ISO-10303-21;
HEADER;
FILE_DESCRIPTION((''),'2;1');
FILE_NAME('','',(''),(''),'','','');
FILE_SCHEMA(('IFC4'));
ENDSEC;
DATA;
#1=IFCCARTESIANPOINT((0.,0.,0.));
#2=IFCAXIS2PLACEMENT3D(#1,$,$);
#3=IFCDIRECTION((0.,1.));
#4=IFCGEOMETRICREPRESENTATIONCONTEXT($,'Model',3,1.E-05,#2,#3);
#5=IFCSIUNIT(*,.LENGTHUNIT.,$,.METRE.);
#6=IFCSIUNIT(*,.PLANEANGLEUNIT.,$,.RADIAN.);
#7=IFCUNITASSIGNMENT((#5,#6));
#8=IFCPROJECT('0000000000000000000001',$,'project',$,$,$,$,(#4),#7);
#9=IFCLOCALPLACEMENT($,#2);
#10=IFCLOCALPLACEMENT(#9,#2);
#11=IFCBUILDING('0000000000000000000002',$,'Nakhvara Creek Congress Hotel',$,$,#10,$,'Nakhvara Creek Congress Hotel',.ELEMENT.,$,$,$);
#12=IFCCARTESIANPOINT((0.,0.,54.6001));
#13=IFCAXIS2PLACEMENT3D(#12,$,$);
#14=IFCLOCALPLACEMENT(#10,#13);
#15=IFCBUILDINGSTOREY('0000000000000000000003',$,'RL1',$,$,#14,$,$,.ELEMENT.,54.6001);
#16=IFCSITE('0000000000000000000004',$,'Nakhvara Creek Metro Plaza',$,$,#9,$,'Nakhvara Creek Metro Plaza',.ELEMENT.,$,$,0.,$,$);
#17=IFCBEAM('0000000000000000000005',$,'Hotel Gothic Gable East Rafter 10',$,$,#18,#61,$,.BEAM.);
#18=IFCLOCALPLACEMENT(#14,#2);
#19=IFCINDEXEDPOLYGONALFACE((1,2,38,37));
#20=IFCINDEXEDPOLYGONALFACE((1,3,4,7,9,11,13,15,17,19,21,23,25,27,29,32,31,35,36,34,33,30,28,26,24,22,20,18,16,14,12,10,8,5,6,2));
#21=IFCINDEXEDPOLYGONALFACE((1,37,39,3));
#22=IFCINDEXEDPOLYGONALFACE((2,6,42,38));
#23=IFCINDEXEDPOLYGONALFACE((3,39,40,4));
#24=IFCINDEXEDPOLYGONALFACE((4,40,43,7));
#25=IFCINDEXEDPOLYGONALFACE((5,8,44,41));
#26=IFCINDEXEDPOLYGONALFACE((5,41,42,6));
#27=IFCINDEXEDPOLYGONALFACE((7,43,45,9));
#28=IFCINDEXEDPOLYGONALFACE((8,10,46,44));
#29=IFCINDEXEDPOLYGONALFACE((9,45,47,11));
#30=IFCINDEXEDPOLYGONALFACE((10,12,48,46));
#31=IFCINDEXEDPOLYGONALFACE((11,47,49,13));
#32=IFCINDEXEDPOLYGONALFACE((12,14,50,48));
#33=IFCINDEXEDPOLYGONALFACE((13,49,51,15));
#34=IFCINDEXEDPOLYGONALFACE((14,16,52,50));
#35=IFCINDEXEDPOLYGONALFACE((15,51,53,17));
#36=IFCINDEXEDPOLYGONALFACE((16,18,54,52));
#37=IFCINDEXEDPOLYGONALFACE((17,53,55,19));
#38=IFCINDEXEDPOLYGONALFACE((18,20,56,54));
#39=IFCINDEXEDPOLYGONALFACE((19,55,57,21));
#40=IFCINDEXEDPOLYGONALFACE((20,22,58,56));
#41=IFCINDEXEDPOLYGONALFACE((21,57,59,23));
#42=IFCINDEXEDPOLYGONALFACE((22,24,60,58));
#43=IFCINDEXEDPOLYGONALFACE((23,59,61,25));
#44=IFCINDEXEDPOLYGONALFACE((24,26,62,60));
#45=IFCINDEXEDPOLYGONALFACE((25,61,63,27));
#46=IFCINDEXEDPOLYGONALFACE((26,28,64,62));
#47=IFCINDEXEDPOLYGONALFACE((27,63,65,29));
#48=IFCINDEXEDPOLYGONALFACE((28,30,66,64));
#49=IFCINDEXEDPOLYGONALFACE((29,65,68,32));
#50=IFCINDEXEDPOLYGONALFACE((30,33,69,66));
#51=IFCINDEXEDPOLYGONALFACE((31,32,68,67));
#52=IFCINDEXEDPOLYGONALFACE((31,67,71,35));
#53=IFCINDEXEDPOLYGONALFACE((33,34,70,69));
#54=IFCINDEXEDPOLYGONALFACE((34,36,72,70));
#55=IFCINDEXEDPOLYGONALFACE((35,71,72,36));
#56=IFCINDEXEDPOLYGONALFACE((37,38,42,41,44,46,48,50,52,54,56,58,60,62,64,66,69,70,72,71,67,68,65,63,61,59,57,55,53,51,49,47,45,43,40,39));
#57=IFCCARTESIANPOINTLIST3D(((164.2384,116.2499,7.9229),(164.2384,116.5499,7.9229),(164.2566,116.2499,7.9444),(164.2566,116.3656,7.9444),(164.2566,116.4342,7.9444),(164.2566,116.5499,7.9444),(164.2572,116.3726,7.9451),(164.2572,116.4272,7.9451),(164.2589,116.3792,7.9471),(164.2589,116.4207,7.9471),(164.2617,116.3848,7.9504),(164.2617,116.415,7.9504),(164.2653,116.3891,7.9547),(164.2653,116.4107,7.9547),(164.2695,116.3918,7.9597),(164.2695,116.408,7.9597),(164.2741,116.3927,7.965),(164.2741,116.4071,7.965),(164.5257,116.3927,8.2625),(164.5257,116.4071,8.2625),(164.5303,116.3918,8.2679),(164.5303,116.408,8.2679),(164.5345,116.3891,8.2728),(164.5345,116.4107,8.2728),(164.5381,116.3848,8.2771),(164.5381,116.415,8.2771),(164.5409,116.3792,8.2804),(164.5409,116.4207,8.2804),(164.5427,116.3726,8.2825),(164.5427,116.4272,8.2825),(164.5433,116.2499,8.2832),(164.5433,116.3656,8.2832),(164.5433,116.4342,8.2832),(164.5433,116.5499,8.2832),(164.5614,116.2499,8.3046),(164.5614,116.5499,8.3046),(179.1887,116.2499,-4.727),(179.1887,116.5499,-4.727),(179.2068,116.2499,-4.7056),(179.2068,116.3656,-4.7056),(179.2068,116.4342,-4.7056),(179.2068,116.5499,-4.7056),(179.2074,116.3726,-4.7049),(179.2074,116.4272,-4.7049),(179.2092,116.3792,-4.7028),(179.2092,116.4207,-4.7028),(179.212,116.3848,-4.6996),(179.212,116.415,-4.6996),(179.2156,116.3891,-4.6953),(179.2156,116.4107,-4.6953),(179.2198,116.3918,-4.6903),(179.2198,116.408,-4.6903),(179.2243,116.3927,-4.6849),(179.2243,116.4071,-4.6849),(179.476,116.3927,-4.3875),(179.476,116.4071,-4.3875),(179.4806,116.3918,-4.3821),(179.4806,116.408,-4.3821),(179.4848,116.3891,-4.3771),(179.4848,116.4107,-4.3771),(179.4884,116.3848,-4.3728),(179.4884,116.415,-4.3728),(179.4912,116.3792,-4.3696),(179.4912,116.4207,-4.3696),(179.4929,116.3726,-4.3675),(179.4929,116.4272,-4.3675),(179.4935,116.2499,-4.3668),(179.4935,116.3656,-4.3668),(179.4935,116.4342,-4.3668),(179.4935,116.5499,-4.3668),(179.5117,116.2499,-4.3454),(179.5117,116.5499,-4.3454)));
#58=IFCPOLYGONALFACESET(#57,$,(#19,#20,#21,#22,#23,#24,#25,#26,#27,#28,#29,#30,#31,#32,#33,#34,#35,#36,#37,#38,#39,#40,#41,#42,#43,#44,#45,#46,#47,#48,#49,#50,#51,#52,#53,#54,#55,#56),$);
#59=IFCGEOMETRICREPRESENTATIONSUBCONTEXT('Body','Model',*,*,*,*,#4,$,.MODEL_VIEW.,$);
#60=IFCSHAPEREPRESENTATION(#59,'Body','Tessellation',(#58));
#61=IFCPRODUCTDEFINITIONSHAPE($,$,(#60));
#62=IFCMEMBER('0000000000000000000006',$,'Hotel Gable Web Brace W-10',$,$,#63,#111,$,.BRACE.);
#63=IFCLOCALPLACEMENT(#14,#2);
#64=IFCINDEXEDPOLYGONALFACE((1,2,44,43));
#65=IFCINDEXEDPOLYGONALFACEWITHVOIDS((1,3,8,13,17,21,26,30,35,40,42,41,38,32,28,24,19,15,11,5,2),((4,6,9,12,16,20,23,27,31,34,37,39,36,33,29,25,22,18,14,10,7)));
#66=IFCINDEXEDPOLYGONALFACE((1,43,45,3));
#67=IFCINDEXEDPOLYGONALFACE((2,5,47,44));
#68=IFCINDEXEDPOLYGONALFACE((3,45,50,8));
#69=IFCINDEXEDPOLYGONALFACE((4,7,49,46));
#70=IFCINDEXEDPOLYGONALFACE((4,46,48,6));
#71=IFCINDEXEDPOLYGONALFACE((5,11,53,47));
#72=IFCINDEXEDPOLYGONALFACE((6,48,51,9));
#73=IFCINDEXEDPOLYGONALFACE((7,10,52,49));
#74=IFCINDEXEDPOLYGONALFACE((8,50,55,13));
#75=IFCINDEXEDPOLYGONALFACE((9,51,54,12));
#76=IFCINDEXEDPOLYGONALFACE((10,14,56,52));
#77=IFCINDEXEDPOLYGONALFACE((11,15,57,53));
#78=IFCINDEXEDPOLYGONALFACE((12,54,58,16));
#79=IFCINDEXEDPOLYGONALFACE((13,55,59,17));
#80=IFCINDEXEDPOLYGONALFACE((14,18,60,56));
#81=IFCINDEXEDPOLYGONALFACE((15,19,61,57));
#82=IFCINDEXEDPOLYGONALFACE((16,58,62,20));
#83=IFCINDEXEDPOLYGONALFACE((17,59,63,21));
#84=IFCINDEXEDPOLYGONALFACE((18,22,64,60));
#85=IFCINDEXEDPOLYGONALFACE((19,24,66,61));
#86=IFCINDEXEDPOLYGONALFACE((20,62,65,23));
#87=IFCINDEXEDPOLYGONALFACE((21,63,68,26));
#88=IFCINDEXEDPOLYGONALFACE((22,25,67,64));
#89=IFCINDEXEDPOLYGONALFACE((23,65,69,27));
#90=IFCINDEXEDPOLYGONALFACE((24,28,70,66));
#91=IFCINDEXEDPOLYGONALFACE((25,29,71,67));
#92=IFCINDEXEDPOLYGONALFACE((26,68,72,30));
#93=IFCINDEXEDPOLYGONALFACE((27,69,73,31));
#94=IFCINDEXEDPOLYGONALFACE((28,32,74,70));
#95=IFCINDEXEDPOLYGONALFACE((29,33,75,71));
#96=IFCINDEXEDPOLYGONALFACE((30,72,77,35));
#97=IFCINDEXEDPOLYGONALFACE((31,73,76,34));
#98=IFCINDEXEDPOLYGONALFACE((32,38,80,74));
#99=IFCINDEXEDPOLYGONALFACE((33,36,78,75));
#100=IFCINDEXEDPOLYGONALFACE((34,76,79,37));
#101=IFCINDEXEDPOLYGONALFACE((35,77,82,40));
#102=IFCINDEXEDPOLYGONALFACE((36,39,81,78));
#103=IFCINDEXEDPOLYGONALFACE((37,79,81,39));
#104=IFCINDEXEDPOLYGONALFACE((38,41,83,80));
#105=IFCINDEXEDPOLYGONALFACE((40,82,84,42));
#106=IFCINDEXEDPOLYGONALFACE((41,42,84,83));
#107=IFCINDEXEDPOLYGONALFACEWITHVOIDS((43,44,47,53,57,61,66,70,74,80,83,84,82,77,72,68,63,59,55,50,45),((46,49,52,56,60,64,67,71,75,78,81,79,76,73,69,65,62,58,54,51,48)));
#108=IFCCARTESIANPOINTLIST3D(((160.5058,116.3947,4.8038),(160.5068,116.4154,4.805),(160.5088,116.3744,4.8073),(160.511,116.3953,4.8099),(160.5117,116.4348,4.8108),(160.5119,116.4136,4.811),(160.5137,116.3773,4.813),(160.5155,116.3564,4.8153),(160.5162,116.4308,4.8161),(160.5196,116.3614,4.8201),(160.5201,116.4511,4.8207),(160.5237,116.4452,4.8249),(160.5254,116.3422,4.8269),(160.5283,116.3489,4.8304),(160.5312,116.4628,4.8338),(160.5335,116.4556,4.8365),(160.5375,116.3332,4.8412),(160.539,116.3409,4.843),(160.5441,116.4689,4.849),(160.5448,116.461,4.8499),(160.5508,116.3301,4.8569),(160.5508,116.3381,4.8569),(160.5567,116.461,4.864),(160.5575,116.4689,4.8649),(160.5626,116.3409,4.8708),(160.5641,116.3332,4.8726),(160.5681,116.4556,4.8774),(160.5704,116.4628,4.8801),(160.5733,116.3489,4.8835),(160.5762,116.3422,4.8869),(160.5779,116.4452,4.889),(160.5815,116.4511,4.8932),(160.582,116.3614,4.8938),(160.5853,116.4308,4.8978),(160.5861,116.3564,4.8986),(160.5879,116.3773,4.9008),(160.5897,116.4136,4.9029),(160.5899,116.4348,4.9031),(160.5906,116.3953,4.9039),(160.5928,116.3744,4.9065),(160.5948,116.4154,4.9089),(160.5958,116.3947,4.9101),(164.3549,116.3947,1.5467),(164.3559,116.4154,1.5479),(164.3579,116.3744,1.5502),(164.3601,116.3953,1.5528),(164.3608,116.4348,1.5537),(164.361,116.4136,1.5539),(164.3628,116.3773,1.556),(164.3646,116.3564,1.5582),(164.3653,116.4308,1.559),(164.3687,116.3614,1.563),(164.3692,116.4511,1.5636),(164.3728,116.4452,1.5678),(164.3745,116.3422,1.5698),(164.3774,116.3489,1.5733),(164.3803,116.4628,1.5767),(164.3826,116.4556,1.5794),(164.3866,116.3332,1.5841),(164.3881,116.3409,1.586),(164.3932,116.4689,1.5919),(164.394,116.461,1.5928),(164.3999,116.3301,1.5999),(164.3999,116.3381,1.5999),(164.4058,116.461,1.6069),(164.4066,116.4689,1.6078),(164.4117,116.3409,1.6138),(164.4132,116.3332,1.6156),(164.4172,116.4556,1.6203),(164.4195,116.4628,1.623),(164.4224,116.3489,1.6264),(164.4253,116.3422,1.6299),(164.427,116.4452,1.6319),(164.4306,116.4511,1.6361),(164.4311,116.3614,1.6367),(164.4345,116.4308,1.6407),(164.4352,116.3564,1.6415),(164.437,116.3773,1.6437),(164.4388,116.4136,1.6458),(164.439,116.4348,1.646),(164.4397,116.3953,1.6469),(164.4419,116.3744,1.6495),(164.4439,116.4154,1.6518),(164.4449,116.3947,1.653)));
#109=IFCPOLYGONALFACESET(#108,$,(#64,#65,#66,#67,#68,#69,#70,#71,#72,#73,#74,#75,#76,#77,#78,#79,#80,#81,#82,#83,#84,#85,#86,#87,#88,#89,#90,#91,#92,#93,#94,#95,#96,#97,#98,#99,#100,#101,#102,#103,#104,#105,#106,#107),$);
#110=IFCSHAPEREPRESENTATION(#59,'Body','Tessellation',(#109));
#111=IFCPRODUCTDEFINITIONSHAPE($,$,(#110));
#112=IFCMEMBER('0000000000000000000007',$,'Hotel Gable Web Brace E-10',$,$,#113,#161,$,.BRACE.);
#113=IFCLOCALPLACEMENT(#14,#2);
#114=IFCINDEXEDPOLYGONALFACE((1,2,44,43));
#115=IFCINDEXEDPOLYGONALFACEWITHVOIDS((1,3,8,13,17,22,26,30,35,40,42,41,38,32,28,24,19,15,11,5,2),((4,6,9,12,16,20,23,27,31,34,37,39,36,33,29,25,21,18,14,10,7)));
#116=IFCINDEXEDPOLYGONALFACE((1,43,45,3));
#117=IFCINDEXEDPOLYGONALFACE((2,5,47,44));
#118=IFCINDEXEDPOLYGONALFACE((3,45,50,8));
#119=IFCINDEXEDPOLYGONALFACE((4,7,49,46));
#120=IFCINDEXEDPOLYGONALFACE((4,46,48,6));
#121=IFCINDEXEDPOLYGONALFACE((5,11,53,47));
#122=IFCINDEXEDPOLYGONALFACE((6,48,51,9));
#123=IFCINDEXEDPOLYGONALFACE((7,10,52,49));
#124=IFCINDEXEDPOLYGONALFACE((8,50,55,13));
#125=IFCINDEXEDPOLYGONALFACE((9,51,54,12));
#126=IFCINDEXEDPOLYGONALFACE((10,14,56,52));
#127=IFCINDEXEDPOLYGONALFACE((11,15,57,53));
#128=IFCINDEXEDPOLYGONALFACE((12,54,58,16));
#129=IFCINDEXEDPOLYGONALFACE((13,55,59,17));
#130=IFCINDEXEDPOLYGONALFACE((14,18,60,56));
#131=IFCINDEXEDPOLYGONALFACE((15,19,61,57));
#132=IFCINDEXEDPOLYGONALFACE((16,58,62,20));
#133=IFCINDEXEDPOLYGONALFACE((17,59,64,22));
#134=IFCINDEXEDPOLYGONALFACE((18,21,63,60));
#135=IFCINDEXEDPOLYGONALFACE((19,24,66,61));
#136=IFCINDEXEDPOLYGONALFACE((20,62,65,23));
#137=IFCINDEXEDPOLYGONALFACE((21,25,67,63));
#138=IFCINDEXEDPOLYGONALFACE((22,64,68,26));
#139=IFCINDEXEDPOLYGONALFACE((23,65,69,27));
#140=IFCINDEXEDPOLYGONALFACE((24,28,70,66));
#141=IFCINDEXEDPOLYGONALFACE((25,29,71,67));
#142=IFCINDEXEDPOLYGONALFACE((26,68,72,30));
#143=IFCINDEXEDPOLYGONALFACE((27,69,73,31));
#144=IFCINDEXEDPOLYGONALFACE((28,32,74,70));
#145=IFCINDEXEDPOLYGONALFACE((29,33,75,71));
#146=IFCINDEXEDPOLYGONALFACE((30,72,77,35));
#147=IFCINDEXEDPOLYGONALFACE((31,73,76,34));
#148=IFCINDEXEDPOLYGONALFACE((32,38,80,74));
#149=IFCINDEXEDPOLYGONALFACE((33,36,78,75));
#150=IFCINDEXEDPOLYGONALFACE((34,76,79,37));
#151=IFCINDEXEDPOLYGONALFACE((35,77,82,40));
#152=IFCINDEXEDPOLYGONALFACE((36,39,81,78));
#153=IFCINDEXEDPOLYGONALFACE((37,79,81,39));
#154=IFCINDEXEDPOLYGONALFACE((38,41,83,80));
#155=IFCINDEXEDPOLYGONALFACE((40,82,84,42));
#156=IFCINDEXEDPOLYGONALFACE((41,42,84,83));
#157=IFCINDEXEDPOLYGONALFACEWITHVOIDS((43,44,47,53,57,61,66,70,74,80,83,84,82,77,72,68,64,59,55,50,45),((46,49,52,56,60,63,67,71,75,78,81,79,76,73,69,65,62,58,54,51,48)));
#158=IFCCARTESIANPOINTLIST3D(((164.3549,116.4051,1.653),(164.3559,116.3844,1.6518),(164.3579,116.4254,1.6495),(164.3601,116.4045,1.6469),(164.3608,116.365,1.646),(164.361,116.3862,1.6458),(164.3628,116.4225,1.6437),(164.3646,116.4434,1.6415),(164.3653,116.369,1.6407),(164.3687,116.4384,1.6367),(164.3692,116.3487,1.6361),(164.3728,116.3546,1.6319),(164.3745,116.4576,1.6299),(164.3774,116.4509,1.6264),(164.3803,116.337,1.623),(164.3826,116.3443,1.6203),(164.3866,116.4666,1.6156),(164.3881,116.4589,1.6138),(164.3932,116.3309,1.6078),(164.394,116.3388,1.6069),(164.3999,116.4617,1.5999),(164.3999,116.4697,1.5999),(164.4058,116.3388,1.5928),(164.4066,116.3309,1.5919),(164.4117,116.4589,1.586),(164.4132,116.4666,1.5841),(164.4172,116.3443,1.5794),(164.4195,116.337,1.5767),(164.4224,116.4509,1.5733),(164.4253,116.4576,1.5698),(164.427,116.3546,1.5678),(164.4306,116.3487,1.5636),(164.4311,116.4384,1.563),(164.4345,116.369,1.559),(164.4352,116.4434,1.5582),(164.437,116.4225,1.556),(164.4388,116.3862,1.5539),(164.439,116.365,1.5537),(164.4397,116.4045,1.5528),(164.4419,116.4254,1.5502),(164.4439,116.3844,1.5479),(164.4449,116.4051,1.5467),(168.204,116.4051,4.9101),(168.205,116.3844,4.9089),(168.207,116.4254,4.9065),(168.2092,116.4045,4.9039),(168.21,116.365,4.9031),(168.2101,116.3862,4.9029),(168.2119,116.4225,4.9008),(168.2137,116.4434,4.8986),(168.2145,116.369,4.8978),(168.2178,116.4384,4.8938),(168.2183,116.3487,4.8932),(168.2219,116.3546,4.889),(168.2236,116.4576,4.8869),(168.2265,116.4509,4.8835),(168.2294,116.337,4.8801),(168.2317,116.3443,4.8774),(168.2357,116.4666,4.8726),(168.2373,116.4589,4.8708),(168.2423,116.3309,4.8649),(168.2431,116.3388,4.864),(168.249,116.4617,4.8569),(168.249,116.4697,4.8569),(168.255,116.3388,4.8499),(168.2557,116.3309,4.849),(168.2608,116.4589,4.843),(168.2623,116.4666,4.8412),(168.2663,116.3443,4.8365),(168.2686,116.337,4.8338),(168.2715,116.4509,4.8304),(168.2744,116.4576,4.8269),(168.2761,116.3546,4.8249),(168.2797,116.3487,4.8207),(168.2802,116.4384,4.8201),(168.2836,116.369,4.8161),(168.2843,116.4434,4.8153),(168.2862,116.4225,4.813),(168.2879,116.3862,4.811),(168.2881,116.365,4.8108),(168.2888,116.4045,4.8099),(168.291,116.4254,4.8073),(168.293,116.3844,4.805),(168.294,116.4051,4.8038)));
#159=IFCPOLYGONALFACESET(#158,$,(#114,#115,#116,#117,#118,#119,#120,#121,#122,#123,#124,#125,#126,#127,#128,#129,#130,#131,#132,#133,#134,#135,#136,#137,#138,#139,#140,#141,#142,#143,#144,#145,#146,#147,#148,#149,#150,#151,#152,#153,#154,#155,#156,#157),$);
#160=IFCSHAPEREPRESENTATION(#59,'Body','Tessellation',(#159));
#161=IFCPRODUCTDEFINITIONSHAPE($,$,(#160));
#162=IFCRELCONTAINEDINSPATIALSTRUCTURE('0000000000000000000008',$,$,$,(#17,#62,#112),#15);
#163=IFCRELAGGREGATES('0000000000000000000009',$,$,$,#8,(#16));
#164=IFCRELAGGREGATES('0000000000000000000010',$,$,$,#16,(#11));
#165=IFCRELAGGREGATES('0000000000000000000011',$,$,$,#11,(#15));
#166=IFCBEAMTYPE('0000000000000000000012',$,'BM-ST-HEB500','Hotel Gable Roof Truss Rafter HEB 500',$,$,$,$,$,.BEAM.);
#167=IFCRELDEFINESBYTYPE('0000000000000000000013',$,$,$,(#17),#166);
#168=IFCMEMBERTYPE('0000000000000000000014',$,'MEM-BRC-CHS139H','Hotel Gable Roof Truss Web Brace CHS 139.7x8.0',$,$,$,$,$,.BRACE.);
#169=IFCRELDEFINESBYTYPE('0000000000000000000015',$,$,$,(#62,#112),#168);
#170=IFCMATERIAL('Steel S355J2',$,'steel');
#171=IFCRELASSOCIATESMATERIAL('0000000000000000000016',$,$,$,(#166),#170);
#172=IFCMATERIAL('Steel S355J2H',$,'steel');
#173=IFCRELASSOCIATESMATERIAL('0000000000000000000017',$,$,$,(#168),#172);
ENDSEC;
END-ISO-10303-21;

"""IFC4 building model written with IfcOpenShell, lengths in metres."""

from ifc_helpers import new_model, si_unit, direction, frame, origin, origin_2d, place, context, subcontext, project, spatial, hollow_circle, i_section, extrude, material, material_profile, profile_set, type_object, element, save


model = new_model("IFC4")

# Units and contexts
model_context = context("Model", 3, precision=1e-05, world=origin(), true_north=direction((0.0, 1.0)))
body_context = subcontext(model_context, "Body", "Model", "MODEL_VIEW")
ifc_project = project(units=[si_unit("LENGTHUNIT", "METRE"), si_unit("PLANEANGLEUNIT", "RADIAN")], contexts=[model_context])

# Site, building, storey
site_placement = place(None, origin())
site = spatial("IfcSite", under=ifc_project, at=site_placement, Name="Nakhvara Creek Metro Plaza", LongName="Nakhvara Creek Metro Plaza", CompositionType="ELEMENT", RefElevation=0.0)
building_placement = place(site_placement, origin())
building = spatial("IfcBuilding", under=site, at=building_placement, Name="Nakhvara Creek Congress Hotel", LongName="Nakhvara Creek Congress Hotel", CompositionType="ELEMENT")
storey_placement = place(building_placement, frame((0.0, 0.0, 54.6001)))
storey = spatial("IfcBuildingStorey", under=building, at=storey_placement, Name="RL1", CompositionType="ELEMENT", Elevation=54.6001)

# Beam
ifc_material_1 = material(Name="Steel S355J2", Category="steel")
ifc_material_profile_1 = material_profile(ifc_material_1, i_section(OverallWidth=0.3, OverallDepth=0.5, WebThickness=0.0144, FlangeThickness=0.0281, FilletRadius=0.0271, at=origin_2d()), Name="HEB 500", Category="LoadBearing")
ifc_profile_set_1 = profile_set([ifc_material_profile_1], Name="Steel S355J2")
beam_type = type_object("IfcBeamType", Name="BM-ST-HEB500", Description="Hotel Gable Roof Truss Rafter HEB 500", PredefinedType="BEAM", material=ifc_profile_set_1)
beam_placement = place(storey_placement, frame((164.3999, 116.3999, 8.1138), z_axis=(0.763393, 0.0, -0.645934), x_axis=(0.0, 1.0, 0.0)))
element("IfcBeam", 1, at=beam_placement, inside=storey, type_object=beam_type, Name="Hotel Gothic Gable East Rafter 10", PredefinedType="BEAM", context=body_context, shape_type="SweptSolid", body=[
    extrude(i_section(OverallWidth=0.3, OverallDepth=0.5, WebThickness=0.0144, FlangeThickness=0.0281, FilletRadius=0.0271, at=origin_2d()), origin(), (0.0, 0.0, 1.0), 19.584),
])

# Members
ifc_material_2 = material(Name="Steel S355J2H", Category="steel")
ifc_material_profile_2 = material_profile(ifc_material_2, hollow_circle(Radius=0.0698, WallThickness=0.0081, at=origin_2d()), Name="CHS 139.7x8.0", Category="LoadBearing")
ifc_profile_set_2 = profile_set([ifc_material_profile_2], Name="Steel S355J2H")
member_type_1 = type_object("IfcMemberType", Name="MEM-BRC-CHS139H", Description="Hotel Gable Roof Truss Web Brace CHS 139.7x8.0", PredefinedType="BRACE", material=ifc_profile_set_2)
for number, where, z_axis, x_axis, name in (
    (2, (164.3999, 116.3999, 1.5999), (-0.763373, 0.0, 0.645957), (0.0, -1.0, 0.0), "Hotel Gable Web Brace W-10"),
    (3, (164.3999, 116.3999, 1.5999), (0.763373, 0.0, 0.645957), (0.0, 1.0, 0.0), "Hotel Gable Web Brace E-10"),
):
    element("IfcMember", number, at=place(storey_placement, frame(where, z_axis=z_axis, x_axis=x_axis)), inside=storey, type_object=member_type_1, Name=name, PredefinedType="BRACE", context=body_context, shape_type="SweptSolid", body=[
        extrude(hollow_circle(Radius=0.0698, WallThickness=0.0081, at=origin_2d()), origin(), (0.0, 0.0, 1.0), 5.0422),
    ])

save(model, "model.ifc")
